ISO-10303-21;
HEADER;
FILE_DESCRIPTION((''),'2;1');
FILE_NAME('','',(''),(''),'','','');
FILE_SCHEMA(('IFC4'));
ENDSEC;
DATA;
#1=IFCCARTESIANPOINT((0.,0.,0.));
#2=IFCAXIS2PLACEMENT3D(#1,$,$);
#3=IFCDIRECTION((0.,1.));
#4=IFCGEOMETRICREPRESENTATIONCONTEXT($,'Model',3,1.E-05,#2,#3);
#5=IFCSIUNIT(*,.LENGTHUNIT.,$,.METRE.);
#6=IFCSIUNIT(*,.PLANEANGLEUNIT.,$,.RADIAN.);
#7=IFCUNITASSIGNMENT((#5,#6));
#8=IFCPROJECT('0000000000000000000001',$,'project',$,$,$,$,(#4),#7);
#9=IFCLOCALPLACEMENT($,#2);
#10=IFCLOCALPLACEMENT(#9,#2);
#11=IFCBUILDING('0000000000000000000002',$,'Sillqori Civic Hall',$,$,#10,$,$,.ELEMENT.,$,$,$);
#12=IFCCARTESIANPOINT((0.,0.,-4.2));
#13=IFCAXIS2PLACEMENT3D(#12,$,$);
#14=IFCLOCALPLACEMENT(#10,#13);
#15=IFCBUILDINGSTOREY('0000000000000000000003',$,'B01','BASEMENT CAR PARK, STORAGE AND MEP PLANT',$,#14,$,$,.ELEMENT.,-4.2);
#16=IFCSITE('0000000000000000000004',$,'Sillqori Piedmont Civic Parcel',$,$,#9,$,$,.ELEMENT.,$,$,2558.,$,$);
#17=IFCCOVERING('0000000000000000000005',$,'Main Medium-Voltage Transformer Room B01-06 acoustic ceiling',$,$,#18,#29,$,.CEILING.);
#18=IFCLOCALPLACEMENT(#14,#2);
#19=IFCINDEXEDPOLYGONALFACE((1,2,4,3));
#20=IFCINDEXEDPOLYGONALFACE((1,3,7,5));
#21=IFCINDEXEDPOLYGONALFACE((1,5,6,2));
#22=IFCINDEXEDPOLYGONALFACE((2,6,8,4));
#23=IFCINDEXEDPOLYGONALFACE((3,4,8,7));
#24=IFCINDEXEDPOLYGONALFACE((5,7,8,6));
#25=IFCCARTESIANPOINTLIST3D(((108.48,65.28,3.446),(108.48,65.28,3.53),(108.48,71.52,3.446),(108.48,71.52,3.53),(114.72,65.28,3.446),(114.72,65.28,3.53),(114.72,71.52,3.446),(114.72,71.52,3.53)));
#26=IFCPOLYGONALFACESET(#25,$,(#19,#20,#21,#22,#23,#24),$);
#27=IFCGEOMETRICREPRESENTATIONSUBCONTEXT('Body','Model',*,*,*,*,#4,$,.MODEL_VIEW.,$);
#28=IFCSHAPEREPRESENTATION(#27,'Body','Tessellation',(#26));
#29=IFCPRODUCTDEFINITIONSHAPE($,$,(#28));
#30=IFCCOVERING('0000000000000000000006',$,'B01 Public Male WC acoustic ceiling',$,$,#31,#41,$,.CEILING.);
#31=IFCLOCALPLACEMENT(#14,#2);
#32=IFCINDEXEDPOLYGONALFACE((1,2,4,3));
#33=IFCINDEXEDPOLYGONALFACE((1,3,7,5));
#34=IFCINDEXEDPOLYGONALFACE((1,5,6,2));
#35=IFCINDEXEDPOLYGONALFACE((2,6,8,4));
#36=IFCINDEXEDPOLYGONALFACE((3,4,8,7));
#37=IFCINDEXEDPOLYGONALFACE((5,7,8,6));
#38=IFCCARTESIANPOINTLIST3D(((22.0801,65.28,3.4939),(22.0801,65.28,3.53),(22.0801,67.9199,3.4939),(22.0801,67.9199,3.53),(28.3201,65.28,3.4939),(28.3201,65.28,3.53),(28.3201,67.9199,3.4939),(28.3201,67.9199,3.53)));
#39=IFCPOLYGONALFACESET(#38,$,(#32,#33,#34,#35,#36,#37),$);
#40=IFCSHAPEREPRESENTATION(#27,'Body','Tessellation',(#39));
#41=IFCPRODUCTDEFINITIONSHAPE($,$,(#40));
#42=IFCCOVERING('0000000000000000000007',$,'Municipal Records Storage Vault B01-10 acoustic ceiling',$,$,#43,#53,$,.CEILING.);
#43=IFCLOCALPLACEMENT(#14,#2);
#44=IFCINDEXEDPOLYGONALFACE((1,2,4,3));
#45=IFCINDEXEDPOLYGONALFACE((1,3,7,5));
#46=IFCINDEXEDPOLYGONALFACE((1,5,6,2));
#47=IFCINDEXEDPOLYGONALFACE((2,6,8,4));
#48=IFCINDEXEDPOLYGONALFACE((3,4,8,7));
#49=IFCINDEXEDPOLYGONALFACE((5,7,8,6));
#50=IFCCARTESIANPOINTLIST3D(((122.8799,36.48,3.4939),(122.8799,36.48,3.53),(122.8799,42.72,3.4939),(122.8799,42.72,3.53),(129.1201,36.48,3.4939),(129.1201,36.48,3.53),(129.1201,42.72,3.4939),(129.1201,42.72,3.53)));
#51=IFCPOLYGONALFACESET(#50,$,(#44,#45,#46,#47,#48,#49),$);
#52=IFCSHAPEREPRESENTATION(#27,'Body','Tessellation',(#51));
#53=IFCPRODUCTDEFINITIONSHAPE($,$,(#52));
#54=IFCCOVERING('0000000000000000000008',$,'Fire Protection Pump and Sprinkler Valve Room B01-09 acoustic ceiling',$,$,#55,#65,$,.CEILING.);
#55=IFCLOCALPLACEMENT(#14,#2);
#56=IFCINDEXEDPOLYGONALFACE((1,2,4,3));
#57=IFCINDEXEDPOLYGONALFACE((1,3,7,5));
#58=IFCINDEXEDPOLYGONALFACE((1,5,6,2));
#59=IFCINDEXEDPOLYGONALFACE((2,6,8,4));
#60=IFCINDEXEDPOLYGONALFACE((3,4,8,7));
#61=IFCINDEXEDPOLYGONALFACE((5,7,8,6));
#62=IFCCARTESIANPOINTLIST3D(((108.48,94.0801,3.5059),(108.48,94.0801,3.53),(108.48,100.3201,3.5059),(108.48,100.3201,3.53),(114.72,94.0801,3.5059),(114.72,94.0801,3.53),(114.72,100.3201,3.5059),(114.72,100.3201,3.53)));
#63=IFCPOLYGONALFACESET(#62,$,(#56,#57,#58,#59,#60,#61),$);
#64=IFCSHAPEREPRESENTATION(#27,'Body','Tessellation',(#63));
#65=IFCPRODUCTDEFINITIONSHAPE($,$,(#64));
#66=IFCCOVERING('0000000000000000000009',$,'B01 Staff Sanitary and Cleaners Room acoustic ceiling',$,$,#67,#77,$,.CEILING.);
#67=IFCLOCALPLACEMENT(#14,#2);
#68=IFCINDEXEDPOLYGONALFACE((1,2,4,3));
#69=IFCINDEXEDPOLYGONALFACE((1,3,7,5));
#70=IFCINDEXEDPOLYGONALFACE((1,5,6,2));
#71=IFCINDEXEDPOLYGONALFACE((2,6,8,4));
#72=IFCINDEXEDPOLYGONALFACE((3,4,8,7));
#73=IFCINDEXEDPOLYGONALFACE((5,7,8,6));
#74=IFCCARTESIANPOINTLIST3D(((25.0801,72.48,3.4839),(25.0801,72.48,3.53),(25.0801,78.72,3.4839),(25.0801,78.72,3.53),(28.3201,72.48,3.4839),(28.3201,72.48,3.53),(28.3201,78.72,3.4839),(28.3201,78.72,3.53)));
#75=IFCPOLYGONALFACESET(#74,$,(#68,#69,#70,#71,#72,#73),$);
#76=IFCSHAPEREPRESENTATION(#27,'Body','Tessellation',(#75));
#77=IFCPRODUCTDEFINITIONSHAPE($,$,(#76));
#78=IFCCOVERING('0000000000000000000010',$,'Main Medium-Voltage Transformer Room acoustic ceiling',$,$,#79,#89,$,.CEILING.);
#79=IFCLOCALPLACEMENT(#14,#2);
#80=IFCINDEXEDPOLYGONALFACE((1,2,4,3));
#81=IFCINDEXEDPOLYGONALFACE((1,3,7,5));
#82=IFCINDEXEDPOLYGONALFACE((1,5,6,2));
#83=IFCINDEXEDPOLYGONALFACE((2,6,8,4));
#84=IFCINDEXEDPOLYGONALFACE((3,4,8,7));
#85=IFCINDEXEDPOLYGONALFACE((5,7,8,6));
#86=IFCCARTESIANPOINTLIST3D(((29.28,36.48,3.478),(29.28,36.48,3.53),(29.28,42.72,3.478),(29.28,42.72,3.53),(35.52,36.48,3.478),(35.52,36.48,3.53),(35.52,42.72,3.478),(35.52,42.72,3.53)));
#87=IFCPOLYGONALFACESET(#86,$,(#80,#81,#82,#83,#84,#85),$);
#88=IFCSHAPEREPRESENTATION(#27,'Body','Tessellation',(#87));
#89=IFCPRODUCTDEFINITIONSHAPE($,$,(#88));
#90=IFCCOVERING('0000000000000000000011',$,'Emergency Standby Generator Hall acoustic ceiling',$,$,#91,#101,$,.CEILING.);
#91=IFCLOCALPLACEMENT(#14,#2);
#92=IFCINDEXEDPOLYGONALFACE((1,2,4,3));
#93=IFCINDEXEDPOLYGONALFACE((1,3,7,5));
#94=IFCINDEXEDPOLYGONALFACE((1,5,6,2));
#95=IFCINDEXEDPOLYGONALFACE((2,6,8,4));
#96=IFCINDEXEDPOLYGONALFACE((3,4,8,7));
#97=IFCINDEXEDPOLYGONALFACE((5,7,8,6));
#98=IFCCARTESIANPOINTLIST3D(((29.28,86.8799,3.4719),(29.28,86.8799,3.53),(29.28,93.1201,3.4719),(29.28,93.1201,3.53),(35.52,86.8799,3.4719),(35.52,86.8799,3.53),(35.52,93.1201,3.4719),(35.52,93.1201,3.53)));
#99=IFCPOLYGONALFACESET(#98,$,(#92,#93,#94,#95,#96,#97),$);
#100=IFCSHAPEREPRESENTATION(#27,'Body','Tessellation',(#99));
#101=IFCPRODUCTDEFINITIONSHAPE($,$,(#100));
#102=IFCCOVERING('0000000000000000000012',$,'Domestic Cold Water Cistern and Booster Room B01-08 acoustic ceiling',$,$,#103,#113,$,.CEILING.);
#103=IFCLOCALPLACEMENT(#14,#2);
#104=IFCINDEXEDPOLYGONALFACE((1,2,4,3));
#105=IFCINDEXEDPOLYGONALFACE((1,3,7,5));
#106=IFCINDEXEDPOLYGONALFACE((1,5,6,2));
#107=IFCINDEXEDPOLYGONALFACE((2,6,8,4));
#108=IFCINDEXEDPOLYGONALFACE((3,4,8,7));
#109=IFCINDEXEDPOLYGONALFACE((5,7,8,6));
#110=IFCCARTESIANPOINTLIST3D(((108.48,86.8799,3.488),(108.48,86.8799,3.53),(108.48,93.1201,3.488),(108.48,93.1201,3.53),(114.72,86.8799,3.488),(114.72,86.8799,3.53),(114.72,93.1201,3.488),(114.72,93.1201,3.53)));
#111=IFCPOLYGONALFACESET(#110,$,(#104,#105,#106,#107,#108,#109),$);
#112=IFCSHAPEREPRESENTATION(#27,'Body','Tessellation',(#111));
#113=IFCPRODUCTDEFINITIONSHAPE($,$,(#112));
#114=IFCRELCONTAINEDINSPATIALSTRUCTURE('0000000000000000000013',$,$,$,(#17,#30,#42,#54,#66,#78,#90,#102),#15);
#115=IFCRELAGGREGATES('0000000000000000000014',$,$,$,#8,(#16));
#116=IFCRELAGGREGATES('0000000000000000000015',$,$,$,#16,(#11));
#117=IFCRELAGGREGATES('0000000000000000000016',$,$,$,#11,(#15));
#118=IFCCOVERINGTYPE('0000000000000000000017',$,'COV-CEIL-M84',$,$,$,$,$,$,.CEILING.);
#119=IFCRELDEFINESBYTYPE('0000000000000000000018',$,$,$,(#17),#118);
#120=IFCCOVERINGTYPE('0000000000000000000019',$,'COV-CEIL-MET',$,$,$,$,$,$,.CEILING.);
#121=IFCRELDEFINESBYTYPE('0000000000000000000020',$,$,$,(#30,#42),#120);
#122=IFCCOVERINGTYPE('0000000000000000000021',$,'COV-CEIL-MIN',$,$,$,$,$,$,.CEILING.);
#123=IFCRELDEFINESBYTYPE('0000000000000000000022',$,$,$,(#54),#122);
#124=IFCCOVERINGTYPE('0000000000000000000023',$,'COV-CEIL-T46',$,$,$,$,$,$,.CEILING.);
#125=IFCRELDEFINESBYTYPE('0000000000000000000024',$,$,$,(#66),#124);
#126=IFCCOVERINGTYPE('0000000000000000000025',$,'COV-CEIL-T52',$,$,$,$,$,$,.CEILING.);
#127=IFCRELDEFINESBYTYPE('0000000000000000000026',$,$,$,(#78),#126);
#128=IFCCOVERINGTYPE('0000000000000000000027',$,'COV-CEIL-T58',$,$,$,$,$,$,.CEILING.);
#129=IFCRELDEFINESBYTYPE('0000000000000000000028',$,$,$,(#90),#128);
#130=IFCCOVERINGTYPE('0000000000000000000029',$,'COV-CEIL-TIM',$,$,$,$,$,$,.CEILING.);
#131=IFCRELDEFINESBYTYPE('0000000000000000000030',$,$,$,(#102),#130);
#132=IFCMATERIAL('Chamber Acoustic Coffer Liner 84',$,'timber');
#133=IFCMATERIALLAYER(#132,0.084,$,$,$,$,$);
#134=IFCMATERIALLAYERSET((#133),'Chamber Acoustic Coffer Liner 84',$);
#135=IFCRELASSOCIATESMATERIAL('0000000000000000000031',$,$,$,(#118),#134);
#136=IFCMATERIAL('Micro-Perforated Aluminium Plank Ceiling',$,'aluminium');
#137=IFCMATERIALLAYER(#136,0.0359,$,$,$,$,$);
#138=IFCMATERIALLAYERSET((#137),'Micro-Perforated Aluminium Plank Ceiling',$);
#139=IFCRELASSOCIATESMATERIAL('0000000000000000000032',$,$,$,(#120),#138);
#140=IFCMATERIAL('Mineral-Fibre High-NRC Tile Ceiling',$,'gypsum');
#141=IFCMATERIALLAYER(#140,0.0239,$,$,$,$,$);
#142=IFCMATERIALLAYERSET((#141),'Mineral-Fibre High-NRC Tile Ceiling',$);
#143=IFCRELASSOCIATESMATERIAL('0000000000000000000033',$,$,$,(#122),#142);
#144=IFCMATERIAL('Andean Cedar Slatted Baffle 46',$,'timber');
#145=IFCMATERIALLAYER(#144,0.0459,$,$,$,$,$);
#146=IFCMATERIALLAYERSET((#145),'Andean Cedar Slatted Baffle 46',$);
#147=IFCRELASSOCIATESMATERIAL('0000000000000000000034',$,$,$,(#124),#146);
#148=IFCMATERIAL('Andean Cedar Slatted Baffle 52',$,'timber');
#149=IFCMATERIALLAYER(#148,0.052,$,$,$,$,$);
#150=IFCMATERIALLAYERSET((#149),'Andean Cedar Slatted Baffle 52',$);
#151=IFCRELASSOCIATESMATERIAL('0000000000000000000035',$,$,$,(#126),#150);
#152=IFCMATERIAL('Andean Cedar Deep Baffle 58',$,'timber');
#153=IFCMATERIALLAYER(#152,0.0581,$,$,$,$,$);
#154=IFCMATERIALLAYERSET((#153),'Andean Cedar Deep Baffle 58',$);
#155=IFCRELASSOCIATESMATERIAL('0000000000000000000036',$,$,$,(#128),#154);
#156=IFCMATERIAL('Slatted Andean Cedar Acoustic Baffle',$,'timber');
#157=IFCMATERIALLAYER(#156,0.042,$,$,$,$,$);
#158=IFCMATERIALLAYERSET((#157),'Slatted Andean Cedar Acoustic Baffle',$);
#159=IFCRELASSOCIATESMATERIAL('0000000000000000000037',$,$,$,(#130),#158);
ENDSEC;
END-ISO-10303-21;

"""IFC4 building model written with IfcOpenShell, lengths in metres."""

from ifc_helpers import new_model, si_unit, direction, frame, origin, place, context, subcontext, project, spatial, polyline, outline, extrude, material, layer, layer_set, type_object, element, save


model = new_model("IFC4")

# Units and contexts
model_context = context("Model", 3, precision=1e-05, world=origin(), true_north=direction((0.0, 1.0)))
body_context = subcontext(model_context, "Body", "Model", "MODEL_VIEW")
ifc_project = project(units=[si_unit("LENGTHUNIT", "METRE"), si_unit("PLANEANGLEUNIT", "RADIAN")], contexts=[model_context])

# Site, building, storey
site_placement = place(None, origin())
site = spatial("IfcSite", under=ifc_project, at=site_placement, Name="Sillqori Piedmont Civic Parcel", CompositionType="ELEMENT", RefElevation=2558.0)
building_placement = place(site_placement, origin())
building = spatial("IfcBuilding", under=site, at=building_placement, Name="Sillqori Civic Hall", CompositionType="ELEMENT")
storey_placement = place(building_placement, frame((0.0, 0.0, -4.2)))
storey = spatial("IfcBuildingStorey", under=building, at=storey_placement, Name="B01", Description="BASEMENT CAR PARK, STORAGE AND MEP PLANT", CompositionType="ELEMENT", Elevation=-4.2)

# Coverings
ifc_material_1 = material(Name="Chamber Acoustic Coffer Liner 84", Category="timber")
ifc_layer_1 = layer(ifc_material_1, 0.084)
ifc_layer_set_1 = layer_set([ifc_layer_1], Name="Chamber Acoustic Coffer Liner 84")
covering_type_1 = type_object("IfcCoveringType", Name="COV-CEIL-M84", PredefinedType="CEILING", material=ifc_layer_set_1)
covering_1_placement = place(storey_placement, frame((0.0, 0.0, 3.446)))
element("IfcCovering", 1, at=covering_1_placement, inside=storey, type_object=covering_type_1, Name="Main Medium-Voltage Transformer Room B01-06 acoustic ceiling", PredefinedType="CEILING", context=body_context, shape_type="SweptSolid", body=[
    extrude(outline(polyline([(108.48, 65.28), (114.72, 65.28), (114.72, 71.52), (108.48, 71.52), (108.48, 65.28)])), origin(), (0.0, 0.0, 1.0), 0.084),
])
ifc_material_2 = material(Name="Micro-Perforated Aluminium Plank Ceiling", Category="aluminium")
ifc_layer_2 = layer(ifc_material_2, 0.0359)
ifc_layer_set_2 = layer_set([ifc_layer_2], Name="Micro-Perforated Aluminium Plank Ceiling")
covering_type_2 = type_object("IfcCoveringType", Name="COV-CEIL-MET", PredefinedType="CEILING", material=ifc_layer_set_2)
covering_2_placement = place(storey_placement, frame((0.0, 0.0, 3.4939)))
element("IfcCovering", 2, at=covering_2_placement, inside=storey, type_object=covering_type_2, Name="B01 Public Male WC acoustic ceiling", PredefinedType="CEILING", context=body_context, shape_type="SweptSolid", body=[
    extrude(outline(polyline([(22.0801, 65.28), (28.3201, 65.28), (28.3201, 67.9199), (22.0801, 67.9199), (22.0801, 65.28)])), origin(), (0.0, 0.0, 1.0), 0.0361),
])
covering_3_placement = place(storey_placement, frame((0.0, 0.0, 3.4939)))
element("IfcCovering", 3, at=covering_3_placement, inside=storey, type_object=covering_type_2, Name="Municipal Records Storage Vault B01-10 acoustic ceiling", PredefinedType="CEILING", context=body_context, shape_type="SweptSolid", body=[
    extrude(outline(polyline([(122.8799, 36.48), (129.1201, 36.48), (129.1201, 42.72), (122.8799, 42.72), (122.8799, 36.48)])), origin(), (0.0, 0.0, 1.0), 0.0361),
])
ifc_material_3 = material(Name="Mineral-Fibre High-NRC Tile Ceiling", Category="gypsum")
ifc_layer_3 = layer(ifc_material_3, 0.0239)
ifc_layer_set_3 = layer_set([ifc_layer_3], Name="Mineral-Fibre High-NRC Tile Ceiling")
covering_type_3 = type_object("IfcCoveringType", Name="COV-CEIL-MIN", PredefinedType="CEILING", material=ifc_layer_set_3)
covering_4_placement = place(storey_placement, frame((0.0, 0.0, 3.5059)))
element("IfcCovering", 4, at=covering_4_placement, inside=storey, type_object=covering_type_3, Name="Fire Protection Pump and Sprinkler Valve Room B01-09 acoustic ceiling", PredefinedType="CEILING", context=body_context, shape_type="SweptSolid", body=[
    extrude(outline(polyline([(108.48, 94.0801), (114.72, 94.0801), (114.72, 100.3201), (108.48, 100.3201), (108.48, 94.0801)])), origin(), (0.0, 0.0, 1.0), 0.0242),
])
ifc_material_4 = material(Name="Andean Cedar Slatted Baffle 46", Category="timber")
ifc_layer_4 = layer(ifc_material_4, 0.0459)
ifc_layer_set_4 = layer_set([ifc_layer_4], Name="Andean Cedar Slatted Baffle 46")
covering_type_4 = type_object("IfcCoveringType", Name="COV-CEIL-T46", PredefinedType="CEILING", material=ifc_layer_set_4)
covering_5_placement = place(storey_placement, frame((0.0, 0.0, 3.4839)))
element("IfcCovering", 5, at=covering_5_placement, inside=storey, type_object=covering_type_4, Name="B01 Staff Sanitary and Cleaners Room acoustic ceiling", PredefinedType="CEILING", context=body_context, shape_type="SweptSolid", body=[
    extrude(outline(polyline([(25.0801, 72.48), (28.3201, 72.48), (28.3201, 78.72), (25.0801, 78.72), (25.0801, 72.48)])), origin(), (0.0, 0.0, 1.0), 0.0461),
])
ifc_material_5 = material(Name="Andean Cedar Slatted Baffle 52", Category="timber")
ifc_layer_5 = layer(ifc_material_5, 0.052)
ifc_layer_set_5 = layer_set([ifc_layer_5], Name="Andean Cedar Slatted Baffle 52")
covering_type_5 = type_object("IfcCoveringType", Name="COV-CEIL-T52", PredefinedType="CEILING", material=ifc_layer_set_5)
covering_6_placement = place(storey_placement, frame((0.0, 0.0, 3.478)))
element("IfcCovering", 6, at=covering_6_placement, inside=storey, type_object=covering_type_5, Name="Main Medium-Voltage Transformer Room acoustic ceiling", PredefinedType="CEILING", context=body_context, shape_type="SweptSolid", body=[
    extrude(outline(polyline([(29.28, 36.48), (35.52, 36.48), (35.52, 42.72), (29.28, 42.72), (29.28, 36.48)])), origin(), (0.0, 0.0, 1.0), 0.052),
])
ifc_material_6 = material(Name="Andean Cedar Deep Baffle 58", Category="timber")
ifc_layer_6 = layer(ifc_material_6, 0.0581)
ifc_layer_set_6 = layer_set([ifc_layer_6], Name="Andean Cedar Deep Baffle 58")
covering_type_6 = type_object("IfcCoveringType", Name="COV-CEIL-T58", PredefinedType="CEILING", material=ifc_layer_set_6)
covering_7_placement = place(storey_placement, frame((0.0, 0.0, 3.4719)))
element("IfcCovering", 7, at=covering_7_placement, inside=storey, type_object=covering_type_6, Name="Emergency Standby Generator Hall acoustic ceiling", PredefinedType="CEILING", context=body_context, shape_type="SweptSolid", body=[
    extrude(outline(polyline([(29.28, 86.8799), (35.52, 86.8799), (35.52, 93.1201), (29.28, 93.1201), (29.28, 86.8799)])), origin(), (0.0, 0.0, 1.0), 0.0581),
])
ifc_material_7 = material(Name="Slatted Andean Cedar Acoustic Baffle", Category="timber")
ifc_layer_7 = layer(ifc_material_7, 0.042)
ifc_layer_set_7 = layer_set([ifc_layer_7], Name="Slatted Andean Cedar Acoustic Baffle")
covering_type_7 = type_object("IfcCoveringType", Name="COV-CEIL-TIM", PredefinedType="CEILING", material=ifc_layer_set_7)
covering_8_placement = place(storey_placement, frame((0.0, 0.0, 3.488)))
element("IfcCovering", 8, at=covering_8_placement, inside=storey, type_object=covering_type_7, Name="Domestic Cold Water Cistern and Booster Room B01-08 acoustic ceiling", PredefinedType="CEILING", context=body_context, shape_type="SweptSolid", body=[
    extrude(outline(polyline([(108.48, 86.8799), (114.72, 86.8799), (114.72, 93.1201), (108.48, 93.1201), (108.48, 86.8799)])), origin(), (0.0, 0.0, 1.0), 0.042),
])

save(model, "model.ifc")
